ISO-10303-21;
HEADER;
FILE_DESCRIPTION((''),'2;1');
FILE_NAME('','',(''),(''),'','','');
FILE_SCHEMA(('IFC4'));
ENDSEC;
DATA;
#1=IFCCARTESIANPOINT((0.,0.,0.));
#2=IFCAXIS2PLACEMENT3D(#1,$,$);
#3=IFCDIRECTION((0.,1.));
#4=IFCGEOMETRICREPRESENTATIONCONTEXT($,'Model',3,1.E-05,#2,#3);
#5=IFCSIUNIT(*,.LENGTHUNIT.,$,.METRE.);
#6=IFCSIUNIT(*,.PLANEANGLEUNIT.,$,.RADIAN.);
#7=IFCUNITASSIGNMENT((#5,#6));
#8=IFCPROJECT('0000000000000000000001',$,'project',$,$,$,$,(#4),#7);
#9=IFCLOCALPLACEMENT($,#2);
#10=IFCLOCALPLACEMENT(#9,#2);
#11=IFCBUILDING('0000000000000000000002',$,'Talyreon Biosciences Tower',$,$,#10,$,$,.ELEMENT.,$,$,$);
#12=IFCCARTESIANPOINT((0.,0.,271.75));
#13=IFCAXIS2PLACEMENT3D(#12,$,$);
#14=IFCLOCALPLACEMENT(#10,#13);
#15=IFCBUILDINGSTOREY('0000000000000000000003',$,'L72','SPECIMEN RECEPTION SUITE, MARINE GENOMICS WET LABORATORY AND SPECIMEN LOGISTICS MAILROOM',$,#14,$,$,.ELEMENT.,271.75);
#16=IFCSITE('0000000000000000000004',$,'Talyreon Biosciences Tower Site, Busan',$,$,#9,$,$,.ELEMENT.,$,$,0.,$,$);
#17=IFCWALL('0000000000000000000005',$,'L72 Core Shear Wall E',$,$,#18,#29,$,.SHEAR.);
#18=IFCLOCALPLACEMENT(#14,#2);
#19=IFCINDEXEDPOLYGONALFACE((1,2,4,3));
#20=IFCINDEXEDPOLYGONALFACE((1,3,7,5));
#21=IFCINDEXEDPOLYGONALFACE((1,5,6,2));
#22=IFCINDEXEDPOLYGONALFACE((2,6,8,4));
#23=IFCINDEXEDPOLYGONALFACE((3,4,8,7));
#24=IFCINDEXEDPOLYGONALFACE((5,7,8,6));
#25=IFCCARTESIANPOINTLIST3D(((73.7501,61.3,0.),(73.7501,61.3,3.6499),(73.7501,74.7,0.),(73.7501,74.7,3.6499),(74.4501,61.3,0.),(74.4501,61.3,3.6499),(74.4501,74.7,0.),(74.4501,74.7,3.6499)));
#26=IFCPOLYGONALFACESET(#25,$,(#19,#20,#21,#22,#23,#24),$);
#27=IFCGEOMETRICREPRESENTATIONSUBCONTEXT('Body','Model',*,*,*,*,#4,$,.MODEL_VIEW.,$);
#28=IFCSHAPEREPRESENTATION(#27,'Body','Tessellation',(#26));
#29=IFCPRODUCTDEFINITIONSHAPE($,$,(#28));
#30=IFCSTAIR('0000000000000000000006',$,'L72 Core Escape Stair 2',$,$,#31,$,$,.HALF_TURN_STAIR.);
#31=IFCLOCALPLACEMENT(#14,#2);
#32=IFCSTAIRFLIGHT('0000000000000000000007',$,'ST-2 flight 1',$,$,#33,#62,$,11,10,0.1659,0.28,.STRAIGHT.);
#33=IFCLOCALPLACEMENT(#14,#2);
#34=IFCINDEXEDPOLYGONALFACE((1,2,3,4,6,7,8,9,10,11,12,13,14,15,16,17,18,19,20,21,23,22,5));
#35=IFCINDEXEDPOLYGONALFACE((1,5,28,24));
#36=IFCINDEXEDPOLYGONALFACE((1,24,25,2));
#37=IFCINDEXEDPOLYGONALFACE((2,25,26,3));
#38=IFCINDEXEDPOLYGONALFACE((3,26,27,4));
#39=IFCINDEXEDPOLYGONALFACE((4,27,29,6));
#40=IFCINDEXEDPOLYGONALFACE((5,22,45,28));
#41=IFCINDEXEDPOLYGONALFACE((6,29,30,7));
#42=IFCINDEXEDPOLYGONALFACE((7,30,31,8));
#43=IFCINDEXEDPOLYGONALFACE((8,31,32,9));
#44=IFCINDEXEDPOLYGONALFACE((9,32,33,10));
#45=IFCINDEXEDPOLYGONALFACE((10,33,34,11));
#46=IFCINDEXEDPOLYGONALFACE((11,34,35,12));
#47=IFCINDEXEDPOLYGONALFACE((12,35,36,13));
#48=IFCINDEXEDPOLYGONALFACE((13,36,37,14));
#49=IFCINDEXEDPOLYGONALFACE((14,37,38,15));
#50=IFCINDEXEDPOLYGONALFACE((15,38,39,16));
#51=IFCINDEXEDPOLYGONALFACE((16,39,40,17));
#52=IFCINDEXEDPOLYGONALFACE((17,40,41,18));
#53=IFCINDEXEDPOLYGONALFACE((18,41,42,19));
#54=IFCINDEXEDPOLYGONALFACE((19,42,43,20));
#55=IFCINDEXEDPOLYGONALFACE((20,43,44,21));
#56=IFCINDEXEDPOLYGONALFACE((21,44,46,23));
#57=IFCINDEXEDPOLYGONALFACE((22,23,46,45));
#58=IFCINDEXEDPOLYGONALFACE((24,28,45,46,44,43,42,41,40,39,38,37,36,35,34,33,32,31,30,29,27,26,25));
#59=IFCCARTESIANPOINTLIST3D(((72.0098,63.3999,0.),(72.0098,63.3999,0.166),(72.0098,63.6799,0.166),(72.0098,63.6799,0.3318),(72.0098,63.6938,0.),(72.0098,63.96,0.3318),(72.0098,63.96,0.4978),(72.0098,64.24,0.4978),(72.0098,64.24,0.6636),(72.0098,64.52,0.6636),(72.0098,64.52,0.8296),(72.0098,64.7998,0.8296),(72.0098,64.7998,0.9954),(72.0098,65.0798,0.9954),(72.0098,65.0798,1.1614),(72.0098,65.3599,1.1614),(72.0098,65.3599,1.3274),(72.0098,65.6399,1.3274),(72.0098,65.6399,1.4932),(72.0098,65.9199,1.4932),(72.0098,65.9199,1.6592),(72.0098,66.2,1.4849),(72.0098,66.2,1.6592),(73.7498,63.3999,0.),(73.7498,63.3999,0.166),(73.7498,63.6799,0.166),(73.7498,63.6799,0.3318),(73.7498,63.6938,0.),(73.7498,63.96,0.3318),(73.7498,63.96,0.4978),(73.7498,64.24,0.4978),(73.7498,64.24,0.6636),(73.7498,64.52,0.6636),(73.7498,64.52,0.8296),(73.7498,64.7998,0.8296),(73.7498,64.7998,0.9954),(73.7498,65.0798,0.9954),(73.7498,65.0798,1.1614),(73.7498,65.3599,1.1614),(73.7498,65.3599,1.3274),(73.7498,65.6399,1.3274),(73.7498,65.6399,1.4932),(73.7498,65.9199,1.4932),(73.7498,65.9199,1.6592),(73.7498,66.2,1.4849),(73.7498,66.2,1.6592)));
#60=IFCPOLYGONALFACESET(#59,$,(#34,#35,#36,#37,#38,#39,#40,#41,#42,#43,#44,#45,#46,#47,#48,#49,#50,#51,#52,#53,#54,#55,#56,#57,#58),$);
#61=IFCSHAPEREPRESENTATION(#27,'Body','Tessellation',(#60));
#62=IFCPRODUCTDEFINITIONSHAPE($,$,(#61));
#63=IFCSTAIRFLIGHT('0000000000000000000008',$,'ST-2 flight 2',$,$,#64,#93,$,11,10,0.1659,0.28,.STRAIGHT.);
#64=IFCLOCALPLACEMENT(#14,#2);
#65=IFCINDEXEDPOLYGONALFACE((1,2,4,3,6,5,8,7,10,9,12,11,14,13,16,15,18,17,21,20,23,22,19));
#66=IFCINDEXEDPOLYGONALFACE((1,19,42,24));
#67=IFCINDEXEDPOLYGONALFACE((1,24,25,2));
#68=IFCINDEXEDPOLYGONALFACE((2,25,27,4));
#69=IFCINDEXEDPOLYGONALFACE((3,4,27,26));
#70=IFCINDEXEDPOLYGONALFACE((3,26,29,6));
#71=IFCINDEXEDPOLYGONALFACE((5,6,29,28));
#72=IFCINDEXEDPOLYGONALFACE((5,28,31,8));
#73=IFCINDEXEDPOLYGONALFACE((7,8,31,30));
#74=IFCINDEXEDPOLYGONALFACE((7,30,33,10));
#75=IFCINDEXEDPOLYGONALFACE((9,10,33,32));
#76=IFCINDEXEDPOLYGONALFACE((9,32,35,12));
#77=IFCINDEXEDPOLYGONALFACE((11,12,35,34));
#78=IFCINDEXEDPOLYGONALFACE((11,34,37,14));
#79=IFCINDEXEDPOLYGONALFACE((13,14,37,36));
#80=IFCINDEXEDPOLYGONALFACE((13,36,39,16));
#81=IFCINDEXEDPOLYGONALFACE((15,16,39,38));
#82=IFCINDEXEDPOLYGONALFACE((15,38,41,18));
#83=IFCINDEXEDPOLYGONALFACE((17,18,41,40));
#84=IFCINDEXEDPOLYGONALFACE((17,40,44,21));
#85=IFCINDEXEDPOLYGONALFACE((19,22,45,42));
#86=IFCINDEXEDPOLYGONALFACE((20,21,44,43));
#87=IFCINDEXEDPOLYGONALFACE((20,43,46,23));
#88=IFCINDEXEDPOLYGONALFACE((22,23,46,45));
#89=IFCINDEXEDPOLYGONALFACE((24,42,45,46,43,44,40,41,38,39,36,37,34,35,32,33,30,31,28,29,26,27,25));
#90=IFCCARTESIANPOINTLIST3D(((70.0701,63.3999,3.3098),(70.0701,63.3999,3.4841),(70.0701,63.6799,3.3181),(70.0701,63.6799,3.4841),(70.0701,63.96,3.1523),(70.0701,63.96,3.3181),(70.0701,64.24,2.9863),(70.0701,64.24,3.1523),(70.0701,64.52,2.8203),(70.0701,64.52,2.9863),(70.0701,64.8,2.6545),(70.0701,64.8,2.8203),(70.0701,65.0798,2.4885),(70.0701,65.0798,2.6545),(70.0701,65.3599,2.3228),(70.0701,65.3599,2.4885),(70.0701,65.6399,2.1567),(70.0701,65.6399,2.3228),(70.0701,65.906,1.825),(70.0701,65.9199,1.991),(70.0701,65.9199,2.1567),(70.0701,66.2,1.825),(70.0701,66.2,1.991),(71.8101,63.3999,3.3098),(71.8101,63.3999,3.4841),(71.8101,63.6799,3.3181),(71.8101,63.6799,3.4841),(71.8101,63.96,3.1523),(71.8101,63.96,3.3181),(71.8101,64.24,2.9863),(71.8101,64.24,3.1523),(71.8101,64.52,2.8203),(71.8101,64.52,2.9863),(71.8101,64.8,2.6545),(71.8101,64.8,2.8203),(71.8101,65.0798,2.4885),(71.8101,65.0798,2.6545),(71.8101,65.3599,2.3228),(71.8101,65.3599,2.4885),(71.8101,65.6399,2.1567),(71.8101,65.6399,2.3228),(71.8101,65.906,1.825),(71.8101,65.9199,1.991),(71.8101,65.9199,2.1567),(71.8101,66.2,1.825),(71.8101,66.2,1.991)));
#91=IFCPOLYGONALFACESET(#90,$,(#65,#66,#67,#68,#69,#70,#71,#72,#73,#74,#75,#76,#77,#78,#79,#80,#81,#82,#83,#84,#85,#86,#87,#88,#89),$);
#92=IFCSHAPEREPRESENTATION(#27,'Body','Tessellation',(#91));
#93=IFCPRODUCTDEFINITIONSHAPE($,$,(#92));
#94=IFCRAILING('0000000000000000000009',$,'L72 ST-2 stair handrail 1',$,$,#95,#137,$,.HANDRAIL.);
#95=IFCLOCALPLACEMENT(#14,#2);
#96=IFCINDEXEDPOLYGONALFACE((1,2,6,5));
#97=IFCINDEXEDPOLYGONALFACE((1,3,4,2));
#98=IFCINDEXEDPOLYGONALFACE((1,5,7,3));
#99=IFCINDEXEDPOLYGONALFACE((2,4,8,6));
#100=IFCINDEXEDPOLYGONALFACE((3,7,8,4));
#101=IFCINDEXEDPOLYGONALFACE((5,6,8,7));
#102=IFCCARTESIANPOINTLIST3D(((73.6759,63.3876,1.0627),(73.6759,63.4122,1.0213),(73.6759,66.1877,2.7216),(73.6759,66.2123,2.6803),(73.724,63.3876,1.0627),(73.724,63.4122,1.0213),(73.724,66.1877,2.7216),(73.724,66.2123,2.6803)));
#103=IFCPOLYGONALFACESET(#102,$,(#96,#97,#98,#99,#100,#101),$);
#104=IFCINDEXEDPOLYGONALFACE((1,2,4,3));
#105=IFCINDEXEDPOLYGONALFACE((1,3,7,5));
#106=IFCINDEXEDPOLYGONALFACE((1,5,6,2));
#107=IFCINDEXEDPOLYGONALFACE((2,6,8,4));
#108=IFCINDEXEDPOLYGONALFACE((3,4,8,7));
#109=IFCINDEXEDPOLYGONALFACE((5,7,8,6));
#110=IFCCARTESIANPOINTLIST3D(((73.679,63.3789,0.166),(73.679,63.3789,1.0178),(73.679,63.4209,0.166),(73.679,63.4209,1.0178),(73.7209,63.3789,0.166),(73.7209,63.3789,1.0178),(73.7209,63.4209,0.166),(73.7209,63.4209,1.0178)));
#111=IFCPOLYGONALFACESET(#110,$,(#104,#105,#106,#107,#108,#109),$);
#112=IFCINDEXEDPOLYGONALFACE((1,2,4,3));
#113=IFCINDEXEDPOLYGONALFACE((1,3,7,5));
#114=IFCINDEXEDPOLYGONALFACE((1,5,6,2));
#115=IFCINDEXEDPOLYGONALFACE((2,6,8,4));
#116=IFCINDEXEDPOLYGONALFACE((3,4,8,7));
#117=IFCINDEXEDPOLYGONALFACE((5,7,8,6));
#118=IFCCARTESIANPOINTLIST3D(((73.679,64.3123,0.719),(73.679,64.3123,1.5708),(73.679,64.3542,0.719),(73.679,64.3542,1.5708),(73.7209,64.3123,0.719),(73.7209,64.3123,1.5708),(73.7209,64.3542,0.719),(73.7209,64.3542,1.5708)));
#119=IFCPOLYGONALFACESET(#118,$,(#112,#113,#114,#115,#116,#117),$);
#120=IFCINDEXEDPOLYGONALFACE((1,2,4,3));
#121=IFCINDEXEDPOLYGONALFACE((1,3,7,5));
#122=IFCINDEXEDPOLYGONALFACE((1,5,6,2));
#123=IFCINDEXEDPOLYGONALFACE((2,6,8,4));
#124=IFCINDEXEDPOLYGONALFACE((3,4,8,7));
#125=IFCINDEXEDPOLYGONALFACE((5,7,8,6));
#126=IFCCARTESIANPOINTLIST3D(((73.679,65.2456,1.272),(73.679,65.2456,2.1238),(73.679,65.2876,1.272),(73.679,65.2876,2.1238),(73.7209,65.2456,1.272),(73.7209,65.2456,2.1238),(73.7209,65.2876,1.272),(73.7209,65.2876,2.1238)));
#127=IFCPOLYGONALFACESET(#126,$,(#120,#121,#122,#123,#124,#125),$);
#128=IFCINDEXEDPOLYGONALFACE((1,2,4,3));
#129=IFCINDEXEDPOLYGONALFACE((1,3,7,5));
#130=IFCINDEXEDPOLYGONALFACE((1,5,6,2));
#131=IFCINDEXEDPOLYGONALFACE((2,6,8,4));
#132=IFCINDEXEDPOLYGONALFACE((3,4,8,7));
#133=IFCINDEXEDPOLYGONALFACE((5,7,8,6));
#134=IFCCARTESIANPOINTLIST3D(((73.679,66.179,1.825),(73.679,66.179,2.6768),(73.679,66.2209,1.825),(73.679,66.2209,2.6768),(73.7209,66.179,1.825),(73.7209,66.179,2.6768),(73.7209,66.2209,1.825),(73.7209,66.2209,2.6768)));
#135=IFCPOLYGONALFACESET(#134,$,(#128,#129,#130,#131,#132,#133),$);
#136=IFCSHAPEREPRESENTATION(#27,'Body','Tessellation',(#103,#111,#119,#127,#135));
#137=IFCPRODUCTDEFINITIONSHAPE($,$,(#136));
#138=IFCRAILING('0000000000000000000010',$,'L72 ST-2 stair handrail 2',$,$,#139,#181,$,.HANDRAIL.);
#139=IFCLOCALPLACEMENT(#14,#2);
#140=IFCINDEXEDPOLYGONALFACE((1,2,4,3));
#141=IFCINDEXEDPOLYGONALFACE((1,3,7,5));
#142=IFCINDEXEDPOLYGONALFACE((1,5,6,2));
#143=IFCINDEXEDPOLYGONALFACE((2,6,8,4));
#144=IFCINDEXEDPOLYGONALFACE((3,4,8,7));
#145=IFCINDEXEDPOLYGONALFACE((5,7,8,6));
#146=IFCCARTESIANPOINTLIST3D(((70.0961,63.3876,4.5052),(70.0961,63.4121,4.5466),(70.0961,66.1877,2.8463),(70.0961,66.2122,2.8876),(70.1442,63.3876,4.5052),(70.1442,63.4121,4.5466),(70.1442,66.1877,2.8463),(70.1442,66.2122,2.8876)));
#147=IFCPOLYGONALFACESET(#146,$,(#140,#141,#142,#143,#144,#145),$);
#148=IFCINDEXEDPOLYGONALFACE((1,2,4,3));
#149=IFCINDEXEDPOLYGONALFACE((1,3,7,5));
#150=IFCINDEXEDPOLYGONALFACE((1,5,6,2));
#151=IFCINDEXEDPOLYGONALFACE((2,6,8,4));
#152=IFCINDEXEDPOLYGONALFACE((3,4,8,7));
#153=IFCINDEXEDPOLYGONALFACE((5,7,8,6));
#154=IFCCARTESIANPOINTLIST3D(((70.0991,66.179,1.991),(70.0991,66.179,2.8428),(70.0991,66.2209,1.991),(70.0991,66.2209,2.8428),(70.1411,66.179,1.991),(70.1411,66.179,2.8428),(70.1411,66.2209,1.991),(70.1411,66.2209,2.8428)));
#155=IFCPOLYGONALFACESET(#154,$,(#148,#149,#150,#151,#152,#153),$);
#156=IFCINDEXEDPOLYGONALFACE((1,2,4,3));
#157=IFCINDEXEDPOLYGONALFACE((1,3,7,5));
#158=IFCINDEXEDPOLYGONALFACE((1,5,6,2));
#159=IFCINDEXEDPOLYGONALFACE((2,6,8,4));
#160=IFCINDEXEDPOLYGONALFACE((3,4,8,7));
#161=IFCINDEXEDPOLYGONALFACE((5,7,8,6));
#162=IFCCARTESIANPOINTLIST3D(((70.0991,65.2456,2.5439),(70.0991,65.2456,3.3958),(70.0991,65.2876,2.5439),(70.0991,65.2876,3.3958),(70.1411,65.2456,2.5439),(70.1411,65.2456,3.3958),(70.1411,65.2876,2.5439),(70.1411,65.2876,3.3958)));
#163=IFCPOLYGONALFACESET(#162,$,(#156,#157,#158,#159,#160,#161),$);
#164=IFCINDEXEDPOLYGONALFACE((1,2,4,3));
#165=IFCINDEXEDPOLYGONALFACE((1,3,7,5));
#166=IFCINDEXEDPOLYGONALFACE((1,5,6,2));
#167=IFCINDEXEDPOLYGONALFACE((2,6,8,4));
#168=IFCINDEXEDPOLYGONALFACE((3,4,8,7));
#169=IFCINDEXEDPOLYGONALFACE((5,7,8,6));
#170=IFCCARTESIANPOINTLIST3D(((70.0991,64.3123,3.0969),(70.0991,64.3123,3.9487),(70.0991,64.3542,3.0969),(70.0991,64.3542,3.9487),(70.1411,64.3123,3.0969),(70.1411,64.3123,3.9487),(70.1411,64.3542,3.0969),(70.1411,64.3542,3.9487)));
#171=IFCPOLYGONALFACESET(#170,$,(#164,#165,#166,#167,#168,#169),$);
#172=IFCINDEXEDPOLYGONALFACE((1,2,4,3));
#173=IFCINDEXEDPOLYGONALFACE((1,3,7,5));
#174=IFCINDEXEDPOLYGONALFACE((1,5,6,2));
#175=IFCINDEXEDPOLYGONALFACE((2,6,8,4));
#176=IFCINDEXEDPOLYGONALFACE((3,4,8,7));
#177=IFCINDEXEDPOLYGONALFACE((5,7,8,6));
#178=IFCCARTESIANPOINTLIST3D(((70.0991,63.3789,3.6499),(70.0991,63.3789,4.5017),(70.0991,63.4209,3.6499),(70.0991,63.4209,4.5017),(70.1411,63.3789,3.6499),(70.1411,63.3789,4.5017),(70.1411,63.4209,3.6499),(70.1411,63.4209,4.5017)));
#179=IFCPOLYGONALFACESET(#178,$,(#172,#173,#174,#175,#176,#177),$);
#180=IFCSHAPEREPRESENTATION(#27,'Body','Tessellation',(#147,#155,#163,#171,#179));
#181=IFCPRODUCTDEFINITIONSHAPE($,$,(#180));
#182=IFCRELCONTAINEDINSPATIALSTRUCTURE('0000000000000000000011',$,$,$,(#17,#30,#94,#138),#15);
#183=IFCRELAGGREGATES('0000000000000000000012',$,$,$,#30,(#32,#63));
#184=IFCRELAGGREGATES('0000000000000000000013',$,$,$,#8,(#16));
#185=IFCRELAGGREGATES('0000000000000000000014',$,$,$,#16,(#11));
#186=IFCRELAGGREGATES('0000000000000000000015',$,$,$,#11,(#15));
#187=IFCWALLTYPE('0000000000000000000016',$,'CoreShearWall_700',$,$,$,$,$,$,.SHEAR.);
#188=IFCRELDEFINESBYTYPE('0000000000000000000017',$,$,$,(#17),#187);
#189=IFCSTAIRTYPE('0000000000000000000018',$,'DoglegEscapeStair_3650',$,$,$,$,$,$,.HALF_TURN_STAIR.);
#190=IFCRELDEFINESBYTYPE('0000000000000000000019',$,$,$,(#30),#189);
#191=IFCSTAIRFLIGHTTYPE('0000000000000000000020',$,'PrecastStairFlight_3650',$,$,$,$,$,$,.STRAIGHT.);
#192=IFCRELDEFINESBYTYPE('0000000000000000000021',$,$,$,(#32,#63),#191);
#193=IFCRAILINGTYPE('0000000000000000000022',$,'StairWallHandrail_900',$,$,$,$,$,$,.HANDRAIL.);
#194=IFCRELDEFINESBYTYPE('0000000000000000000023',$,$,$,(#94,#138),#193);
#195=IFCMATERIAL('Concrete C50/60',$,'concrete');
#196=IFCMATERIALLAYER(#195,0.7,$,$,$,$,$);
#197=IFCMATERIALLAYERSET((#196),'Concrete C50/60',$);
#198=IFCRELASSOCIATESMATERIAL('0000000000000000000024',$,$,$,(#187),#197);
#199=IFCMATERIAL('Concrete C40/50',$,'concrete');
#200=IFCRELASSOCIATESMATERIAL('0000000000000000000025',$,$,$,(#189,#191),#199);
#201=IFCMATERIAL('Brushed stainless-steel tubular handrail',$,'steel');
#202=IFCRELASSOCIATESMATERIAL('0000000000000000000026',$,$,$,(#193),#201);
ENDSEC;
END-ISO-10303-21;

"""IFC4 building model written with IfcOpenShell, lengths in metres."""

from ifc_helpers import new_model, si_unit, direction, frame, frame_2d, origin, origin_2d, place, context, subcontext, project, spatial, polyline, rectangle, outline, extrude, material, layer, layer_set, type_object, element, aggregate, save


model = new_model("IFC4")

# Units and contexts
model_context = context("Model", 3, precision=1e-05, world=origin(), true_north=direction((0.0, 1.0)))
body_context = subcontext(model_context, "Body", "Model", "MODEL_VIEW")
ifc_project = project(units=[si_unit("LENGTHUNIT", "METRE"), si_unit("PLANEANGLEUNIT", "RADIAN")], contexts=[model_context])

# Site, building, storey
site_placement = place(None, origin())
site = spatial("IfcSite", under=ifc_project, at=site_placement, Name="Talyreon Biosciences Tower Site, Busan", CompositionType="ELEMENT", RefElevation=0.0)
building_placement = place(site_placement, origin())
building = spatial("IfcBuilding", under=site, at=building_placement, Name="Talyreon Biosciences Tower", CompositionType="ELEMENT")
storey_placement = place(building_placement, frame((0.0, 0.0, 271.75)))
storey = spatial("IfcBuildingStorey", under=building, at=storey_placement, Name="L72", Description="SPECIMEN RECEPTION SUITE, MARINE GENOMICS WET LABORATORY AND SPECIMEN LOGISTICS MAILROOM", CompositionType="ELEMENT", Elevation=271.75)

# Shared definitions
ifc_material_1 = material(Name="Concrete C50/60", Category="concrete")

# Wall
ifc_layer_1 = layer(ifc_material_1, 0.7)
ifc_layer_set_1 = layer_set([ifc_layer_1], Name="Concrete C50/60")
wall_type_1 = type_object("IfcWallType", Name="CoreShearWall_700", PredefinedType="SHEAR", material=ifc_layer_set_1)
wall_1_placement = place(storey_placement, frame((74.1001, 61.3, 0.0), z_axis=(0.0, 0.0, 1.0), x_axis=(0.0, 1.0, 0.0)))
element("IfcWall", 1, at=wall_1_placement, inside=storey, type_object=wall_type_1, Name="L72 Core Shear Wall E", PredefinedType="SHEAR", context=body_context, shape_type="SweptSolid", body=[
    extrude(rectangle(XDim=13.3999, YDim=0.7, at=frame_2d((6.7, 0.0))), origin(), (0.0, 0.0, 1.0), 3.6499),
])

# Stair, stair flights
ifc_material_2 = material(Name="Concrete C40/50", Category="concrete")
stair_type = type_object("IfcStairType", Name="DoglegEscapeStair_3650", PredefinedType="HALF_TURN_STAIR", material=ifc_material_2)
stair_placement = place(storey_placement, origin())
stair = element("IfcStair", 2, at=stair_placement, inside=storey, type_object=stair_type, Name="L72 Core Escape Stair 2", PredefinedType="HALF_TURN_STAIR")
stair_flight_type = type_object("IfcStairFlightType", Name="PrecastStairFlight_3650", PredefinedType="STRAIGHT", material=ifc_material_2)
stair_flight_1_placement = place(storey_placement, frame((72.8799, 63.3999, 0.0), z_axis=(0.0, 0.0, 1.0), x_axis=(0.0, 1.0, 0.0)))
stair_flight_1 = element("IfcStairFlight", 3, at=stair_flight_1_placement, type_object=stair_flight_type, Name="ST-2 flight 1", NumberOfRisers=11, NumberOfTreads=10, PredefinedType="STRAIGHT", RiserHeight=0.1659, TreadLength=0.28, context=body_context, shape_type="SweptSolid", body=[
    extrude(outline(polyline([(0.0, 0.0), (0.0, 0.166), (0.28, 0.166), (0.28, 0.3318), (0.5601, 0.3318), (0.5601, 0.4978), (0.8401, 0.4978), (0.8401, 0.6636), (1.1201, 0.6636), (1.1201, 0.8296), (1.3999, 0.8296), (1.3999, 0.9954), (1.6799, 0.9954), (1.6799, 1.1614), (1.96, 1.1614), (1.96, 1.3274), (2.24, 1.3274), (2.24, 1.4932), (2.52, 1.4932), (2.52, 1.6592), (2.8, 1.6592), (2.8, 1.825), (2.8, 1.4849), (0.2939, 0.0), (0.0, 0.0)])), frame((0.0, 0.8701, 0.0), z_axis=(0.0, -1.0, 0.0), x_axis=(1.0, 0.0, 0.0)), (0.0, 0.0, 1.0), 1.74),
])
stair_flight_2_placement = place(storey_placement, frame((70.9399, 66.2, 1.825), z_axis=(0.0, 0.0, 1.0), x_axis=(0.0, -1.0, 0.0)))
stair_flight_2 = element("IfcStairFlight", 4, at=stair_flight_2_placement, type_object=stair_flight_type, Name="ST-2 flight 2", NumberOfRisers=11, NumberOfTreads=10, PredefinedType="STRAIGHT", RiserHeight=0.1659, TreadLength=0.28, context=body_context, shape_type="SweptSolid", body=[
    extrude(outline(polyline([(0.0, 0.0), (0.0, 0.166), (0.28, 0.166), (0.28, 0.3318), (0.5601, 0.3318), (0.5601, 0.4978), (0.8401, 0.4978), (0.8401, 0.6636), (1.1201, 0.6636), (1.1201, 0.8296), (1.3999, 0.8296), (1.3999, 0.9954), (1.6799, 0.9954), (1.6799, 1.1614), (1.96, 1.1614), (1.96, 1.3274), (2.24, 1.3274), (2.24, 1.4932), (2.52, 1.4932), (2.52, 1.6592), (2.8, 1.6592), (2.8, 1.825), (2.8, 1.4849), (0.2939, 0.0), (0.0, 0.0)])), frame((0.0, 0.8701, 0.0), z_axis=(0.0, -1.0, 0.0), x_axis=(1.0, 0.0, 0.0)), (0.0, 0.0, 1.0), 1.74),
])
aggregate(stair, [stair_flight_1, stair_flight_2])

# Railings
ifc_material_3 = material(Name="Brushed stainless-steel tubular handrail", Category="steel")
railing_type_1 = type_object("IfcRailingType", Name="StairWallHandrail_900", PredefinedType="HANDRAIL", material=ifc_material_3)
railing_1_placement = place(storey_placement, frame((73.7, 63.3999, 0.166)))
element("IfcRailing", 5, at=railing_1_placement, inside=storey, type_object=railing_type_1, Name="L72 ST-2 stair handrail 1", PredefinedType="HANDRAIL", context=body_context, shape_type="SweptSolid", body=[
    extrude(rectangle(XDim=0.0481, YDim=0.0481, at=origin_2d()), frame((0.0, 0.0, 0.876), z_axis=(0.0, 0.860339, 0.509722), x_axis=(-1.0, 0.0, 0.0)), (0.0, 0.0, 1.0), 3.2546),
    extrude(rectangle(XDim=0.042, YDim=0.042, at=origin_2d()), origin(), (0.0, 0.0, 1.0), 0.8518),
    extrude(rectangle(XDim=0.042, YDim=0.042, at=origin_2d()), frame((0.0, 0.9333, 0.553)), (0.0, 0.0, 1.0), 0.8518),
    extrude(rectangle(XDim=0.042, YDim=0.042, at=origin_2d()), frame((0.0, 1.8667, 1.106)), (0.0, 0.0, 1.0), 0.8518),
    extrude(rectangle(XDim=0.042, YDim=0.042, at=origin_2d()), frame((0.0, 2.8, 1.6589)), (0.0, 0.0, 1.0), 0.8518),
])
railing_2_placement = place(storey_placement, frame((70.1201, 66.2, 1.991)))
element("IfcRailing", 6, at=railing_2_placement, inside=storey, type_object=railing_type_1, Name="L72 ST-2 stair handrail 2", PredefinedType="HANDRAIL", context=body_context, shape_type="SweptSolid", body=[
    extrude(rectangle(XDim=0.0481, YDim=0.0481, at=origin_2d()), frame((0.0, 0.0, 0.876), z_axis=(0.0, -0.860339, 0.509722), x_axis=(1.0, 0.0, 0.0)), (0.0, 0.0, 1.0), 3.2546),
    extrude(rectangle(XDim=0.042, YDim=0.042, at=origin_2d()), origin(), (0.0, 0.0, 1.0), 0.8518),
    extrude(rectangle(XDim=0.042, YDim=0.042, at=origin_2d()), frame((0.0, -0.9333, 0.553)), (0.0, 0.0, 1.0), 0.8518),
    extrude(rectangle(XDim=0.042, YDim=0.042, at=origin_2d()), frame((0.0, -1.8667, 1.106)), (0.0, 0.0, 1.0), 0.8518),
    extrude(rectangle(XDim=0.042, YDim=0.042, at=origin_2d()), frame((0.0, -2.8, 1.6589)), (0.0, 0.0, 1.0), 0.8518),
])

save(model, "model.ifc")
